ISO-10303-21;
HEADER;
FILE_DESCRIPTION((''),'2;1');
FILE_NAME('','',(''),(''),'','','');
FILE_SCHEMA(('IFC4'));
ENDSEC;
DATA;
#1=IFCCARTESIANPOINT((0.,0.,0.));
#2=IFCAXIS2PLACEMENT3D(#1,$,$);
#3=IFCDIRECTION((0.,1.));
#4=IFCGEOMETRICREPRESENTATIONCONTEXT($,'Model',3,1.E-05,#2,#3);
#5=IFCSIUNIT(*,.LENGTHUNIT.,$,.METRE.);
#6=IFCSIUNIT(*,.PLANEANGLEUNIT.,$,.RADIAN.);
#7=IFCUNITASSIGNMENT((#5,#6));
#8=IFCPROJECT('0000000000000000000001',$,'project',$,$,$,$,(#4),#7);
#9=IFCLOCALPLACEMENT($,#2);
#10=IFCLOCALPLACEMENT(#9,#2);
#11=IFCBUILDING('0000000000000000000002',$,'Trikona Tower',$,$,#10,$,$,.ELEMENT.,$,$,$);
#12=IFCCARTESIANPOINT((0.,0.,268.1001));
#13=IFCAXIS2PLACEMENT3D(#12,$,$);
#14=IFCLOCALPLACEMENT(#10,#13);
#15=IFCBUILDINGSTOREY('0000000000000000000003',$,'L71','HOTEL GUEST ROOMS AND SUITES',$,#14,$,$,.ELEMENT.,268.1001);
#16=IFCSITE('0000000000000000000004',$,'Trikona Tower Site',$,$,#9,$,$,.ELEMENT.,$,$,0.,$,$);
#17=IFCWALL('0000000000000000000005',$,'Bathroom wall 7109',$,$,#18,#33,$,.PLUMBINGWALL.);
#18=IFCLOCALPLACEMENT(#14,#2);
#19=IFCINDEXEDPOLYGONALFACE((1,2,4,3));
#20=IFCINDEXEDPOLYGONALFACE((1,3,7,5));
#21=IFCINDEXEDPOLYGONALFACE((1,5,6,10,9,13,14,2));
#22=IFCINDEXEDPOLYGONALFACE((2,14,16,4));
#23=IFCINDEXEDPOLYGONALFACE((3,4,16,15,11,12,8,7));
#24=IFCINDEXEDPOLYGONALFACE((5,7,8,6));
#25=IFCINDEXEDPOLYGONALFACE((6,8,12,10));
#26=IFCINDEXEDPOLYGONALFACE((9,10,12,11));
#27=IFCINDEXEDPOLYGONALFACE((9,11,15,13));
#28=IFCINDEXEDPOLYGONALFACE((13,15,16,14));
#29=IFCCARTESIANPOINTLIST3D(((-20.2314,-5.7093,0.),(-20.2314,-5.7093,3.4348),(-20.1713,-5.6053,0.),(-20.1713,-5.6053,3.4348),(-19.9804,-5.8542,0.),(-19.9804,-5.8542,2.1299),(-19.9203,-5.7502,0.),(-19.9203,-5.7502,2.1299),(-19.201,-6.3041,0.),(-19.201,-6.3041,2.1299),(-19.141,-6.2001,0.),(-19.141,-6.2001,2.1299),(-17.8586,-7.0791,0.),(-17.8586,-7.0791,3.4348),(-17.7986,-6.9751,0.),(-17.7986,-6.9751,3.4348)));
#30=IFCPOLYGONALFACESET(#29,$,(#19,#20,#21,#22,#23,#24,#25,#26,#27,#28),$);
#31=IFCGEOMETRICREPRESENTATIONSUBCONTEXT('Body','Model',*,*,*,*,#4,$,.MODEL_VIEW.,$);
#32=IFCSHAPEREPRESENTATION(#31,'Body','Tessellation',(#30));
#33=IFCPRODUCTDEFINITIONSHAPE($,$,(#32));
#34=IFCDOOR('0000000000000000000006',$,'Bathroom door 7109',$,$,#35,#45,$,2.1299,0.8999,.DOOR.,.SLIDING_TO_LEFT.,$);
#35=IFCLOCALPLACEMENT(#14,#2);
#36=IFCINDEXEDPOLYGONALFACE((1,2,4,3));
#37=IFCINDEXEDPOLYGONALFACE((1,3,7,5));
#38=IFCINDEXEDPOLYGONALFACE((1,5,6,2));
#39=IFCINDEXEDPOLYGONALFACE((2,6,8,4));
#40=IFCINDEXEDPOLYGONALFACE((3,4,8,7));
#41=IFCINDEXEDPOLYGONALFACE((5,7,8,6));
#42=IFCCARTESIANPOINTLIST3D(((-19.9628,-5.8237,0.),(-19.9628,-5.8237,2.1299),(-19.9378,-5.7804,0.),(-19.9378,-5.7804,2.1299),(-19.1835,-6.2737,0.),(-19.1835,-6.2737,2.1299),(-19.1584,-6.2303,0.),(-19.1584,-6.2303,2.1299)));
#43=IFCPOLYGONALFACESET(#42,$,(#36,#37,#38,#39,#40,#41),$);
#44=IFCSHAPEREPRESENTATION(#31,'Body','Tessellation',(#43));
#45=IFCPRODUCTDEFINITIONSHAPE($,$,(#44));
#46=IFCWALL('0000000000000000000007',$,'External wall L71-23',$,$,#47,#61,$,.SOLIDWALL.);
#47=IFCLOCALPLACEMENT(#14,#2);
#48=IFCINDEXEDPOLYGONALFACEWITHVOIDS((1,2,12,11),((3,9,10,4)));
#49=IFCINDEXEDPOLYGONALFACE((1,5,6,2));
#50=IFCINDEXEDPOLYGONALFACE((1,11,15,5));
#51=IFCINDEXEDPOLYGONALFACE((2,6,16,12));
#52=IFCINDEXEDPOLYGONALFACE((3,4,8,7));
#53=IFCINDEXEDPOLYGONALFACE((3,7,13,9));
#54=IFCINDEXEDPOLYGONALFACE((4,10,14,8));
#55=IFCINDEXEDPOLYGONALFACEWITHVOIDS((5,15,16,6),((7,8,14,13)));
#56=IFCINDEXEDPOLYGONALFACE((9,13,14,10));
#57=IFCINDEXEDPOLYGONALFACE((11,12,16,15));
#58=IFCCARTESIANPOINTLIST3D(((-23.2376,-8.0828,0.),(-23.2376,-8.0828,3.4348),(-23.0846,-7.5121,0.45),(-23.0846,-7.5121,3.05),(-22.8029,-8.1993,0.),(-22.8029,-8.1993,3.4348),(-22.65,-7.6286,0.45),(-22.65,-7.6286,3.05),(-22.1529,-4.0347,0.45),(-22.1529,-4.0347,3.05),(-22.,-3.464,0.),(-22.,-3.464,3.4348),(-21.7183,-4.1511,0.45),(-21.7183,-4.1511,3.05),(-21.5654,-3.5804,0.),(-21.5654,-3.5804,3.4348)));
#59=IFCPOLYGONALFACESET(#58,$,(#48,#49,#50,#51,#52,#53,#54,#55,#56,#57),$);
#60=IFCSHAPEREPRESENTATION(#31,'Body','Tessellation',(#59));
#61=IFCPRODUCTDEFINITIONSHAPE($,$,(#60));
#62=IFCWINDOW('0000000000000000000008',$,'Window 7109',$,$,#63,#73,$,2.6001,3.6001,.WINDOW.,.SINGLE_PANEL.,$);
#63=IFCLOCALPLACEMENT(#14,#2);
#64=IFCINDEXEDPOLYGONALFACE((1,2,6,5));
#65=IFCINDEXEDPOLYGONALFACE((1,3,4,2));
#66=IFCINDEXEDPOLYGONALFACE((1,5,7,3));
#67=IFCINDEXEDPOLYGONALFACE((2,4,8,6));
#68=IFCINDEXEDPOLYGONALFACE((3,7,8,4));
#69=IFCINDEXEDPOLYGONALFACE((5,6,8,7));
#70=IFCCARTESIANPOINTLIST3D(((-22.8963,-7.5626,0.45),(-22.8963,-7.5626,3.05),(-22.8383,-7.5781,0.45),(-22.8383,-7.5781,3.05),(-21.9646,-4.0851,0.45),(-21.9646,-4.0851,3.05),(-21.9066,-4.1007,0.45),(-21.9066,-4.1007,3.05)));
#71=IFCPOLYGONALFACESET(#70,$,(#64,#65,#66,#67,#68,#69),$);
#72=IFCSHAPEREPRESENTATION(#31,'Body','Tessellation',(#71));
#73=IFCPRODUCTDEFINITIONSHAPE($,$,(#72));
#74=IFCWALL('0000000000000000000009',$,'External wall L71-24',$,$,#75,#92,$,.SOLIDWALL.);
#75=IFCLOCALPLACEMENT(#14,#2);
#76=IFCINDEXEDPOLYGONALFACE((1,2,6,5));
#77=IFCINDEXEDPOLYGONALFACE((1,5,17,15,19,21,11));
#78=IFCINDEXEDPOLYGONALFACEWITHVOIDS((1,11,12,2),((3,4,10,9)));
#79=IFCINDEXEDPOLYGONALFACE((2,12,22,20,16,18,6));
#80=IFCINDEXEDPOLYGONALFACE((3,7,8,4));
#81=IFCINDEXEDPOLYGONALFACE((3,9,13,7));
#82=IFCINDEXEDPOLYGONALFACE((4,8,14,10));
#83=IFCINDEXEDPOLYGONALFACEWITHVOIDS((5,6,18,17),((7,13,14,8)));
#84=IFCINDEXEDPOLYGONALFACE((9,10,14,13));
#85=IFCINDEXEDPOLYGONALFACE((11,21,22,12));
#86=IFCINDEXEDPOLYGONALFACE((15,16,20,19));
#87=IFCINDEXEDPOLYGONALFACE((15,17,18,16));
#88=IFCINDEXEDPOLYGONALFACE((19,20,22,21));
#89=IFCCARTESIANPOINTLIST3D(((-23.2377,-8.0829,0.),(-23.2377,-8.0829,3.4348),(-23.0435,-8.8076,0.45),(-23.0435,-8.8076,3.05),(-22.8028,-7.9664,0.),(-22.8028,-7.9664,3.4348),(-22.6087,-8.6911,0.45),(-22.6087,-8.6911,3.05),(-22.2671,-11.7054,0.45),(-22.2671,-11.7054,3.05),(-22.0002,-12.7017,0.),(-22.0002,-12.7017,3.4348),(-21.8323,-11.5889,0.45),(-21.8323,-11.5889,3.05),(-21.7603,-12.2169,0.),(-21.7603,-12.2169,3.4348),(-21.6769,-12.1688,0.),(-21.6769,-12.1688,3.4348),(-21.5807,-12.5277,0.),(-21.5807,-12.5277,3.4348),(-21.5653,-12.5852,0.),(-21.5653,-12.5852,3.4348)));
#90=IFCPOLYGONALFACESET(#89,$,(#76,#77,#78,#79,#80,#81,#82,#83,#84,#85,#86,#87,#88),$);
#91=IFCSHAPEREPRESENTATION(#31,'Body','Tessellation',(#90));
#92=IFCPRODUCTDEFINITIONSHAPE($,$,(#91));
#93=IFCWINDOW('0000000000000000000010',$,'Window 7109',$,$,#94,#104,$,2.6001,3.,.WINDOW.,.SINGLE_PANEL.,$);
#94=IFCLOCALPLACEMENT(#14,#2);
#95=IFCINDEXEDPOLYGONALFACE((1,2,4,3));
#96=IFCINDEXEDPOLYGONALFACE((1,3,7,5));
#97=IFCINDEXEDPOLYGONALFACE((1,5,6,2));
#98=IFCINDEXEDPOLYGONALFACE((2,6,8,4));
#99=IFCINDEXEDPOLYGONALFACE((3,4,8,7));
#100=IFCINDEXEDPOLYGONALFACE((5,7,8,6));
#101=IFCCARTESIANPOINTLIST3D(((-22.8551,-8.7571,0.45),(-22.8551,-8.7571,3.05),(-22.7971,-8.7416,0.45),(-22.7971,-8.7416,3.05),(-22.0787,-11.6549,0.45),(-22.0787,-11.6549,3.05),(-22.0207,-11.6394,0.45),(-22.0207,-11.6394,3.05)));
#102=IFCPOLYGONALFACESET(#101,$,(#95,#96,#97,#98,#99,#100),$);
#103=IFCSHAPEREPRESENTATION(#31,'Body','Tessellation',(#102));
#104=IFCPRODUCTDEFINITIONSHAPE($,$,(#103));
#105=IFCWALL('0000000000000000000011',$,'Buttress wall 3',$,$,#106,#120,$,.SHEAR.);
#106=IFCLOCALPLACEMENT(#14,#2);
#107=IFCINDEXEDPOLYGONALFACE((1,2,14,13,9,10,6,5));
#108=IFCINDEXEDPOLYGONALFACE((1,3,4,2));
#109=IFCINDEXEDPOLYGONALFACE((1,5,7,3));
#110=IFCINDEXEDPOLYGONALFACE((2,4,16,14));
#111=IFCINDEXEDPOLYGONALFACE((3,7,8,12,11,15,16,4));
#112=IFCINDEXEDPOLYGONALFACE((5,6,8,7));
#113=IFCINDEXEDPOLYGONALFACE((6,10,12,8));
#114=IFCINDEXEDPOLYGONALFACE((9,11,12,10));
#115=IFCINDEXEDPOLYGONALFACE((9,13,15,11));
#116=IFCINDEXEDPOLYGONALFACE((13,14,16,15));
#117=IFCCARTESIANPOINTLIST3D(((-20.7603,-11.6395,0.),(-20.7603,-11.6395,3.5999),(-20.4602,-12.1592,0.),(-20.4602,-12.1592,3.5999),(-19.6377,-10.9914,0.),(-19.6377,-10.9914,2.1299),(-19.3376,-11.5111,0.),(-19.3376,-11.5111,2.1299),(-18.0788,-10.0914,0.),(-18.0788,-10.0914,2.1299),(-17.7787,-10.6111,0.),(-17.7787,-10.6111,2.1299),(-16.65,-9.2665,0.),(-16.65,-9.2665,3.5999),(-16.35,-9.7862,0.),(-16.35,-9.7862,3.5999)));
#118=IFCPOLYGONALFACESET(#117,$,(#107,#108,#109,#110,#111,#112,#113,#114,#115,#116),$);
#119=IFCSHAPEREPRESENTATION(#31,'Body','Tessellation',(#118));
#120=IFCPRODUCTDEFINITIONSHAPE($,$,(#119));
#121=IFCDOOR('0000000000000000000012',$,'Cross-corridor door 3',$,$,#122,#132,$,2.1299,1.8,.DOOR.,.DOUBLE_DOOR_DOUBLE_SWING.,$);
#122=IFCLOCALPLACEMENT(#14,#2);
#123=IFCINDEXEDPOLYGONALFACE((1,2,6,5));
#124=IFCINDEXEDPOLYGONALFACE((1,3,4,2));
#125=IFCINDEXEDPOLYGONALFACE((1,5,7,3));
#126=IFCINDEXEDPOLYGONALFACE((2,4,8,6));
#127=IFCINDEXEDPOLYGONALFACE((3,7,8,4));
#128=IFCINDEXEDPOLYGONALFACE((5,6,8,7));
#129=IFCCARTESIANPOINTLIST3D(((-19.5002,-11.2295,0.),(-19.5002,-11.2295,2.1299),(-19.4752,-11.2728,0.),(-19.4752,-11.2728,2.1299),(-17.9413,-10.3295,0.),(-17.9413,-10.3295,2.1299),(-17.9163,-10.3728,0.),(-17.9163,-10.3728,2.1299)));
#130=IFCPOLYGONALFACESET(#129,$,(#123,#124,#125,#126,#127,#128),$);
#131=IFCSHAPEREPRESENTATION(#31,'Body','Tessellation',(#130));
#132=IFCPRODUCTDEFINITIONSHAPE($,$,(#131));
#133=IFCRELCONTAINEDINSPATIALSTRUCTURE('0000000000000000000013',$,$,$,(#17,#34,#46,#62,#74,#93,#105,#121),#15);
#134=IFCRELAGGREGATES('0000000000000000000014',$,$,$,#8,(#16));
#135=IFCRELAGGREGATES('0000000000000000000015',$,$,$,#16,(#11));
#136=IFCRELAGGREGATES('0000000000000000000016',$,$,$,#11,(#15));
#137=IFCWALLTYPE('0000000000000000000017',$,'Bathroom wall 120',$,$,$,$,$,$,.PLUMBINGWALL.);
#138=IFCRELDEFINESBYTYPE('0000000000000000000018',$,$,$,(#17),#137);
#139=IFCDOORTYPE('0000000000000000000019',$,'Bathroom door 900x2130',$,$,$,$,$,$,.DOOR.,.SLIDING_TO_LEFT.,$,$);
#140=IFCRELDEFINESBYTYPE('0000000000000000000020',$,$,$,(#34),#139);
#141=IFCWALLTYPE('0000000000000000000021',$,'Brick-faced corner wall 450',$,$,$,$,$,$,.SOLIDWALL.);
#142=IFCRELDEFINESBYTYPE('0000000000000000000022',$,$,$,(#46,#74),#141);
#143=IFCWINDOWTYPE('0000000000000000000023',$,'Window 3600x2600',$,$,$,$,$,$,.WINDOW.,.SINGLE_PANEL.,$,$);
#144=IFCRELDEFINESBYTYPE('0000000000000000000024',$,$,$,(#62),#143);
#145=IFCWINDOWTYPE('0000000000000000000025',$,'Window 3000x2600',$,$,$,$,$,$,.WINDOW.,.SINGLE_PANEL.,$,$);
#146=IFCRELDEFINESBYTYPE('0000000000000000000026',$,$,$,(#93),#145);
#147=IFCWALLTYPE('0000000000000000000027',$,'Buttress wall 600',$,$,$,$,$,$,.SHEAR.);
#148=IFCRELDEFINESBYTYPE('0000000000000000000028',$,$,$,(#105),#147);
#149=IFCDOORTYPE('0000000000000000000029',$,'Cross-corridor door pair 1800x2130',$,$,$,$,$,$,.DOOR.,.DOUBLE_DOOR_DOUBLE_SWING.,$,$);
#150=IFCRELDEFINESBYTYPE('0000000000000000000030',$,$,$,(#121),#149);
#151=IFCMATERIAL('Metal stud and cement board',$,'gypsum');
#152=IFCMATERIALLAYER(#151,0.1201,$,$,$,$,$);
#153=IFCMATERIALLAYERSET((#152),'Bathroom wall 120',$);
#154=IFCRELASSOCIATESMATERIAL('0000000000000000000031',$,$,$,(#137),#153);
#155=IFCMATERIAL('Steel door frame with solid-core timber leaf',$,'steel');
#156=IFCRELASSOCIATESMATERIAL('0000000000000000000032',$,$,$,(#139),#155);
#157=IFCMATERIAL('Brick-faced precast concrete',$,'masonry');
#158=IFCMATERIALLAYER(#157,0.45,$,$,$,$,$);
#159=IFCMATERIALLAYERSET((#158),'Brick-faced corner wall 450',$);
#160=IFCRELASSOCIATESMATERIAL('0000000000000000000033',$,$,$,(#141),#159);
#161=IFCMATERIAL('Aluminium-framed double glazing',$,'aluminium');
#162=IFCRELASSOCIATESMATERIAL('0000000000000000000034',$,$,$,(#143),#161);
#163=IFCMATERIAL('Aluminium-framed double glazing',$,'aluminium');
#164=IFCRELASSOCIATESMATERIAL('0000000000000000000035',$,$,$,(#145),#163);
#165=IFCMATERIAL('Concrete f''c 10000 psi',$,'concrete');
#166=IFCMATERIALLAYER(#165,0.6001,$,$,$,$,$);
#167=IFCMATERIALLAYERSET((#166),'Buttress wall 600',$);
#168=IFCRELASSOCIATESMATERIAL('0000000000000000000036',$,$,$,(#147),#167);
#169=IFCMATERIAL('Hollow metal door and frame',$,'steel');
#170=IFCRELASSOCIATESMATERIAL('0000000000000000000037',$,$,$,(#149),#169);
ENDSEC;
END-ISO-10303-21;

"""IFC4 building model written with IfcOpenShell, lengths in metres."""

from ifc_helpers import new_model, si_unit, direction, frame, frame_2d, origin, place, context, subcontext, project, spatial, polyline, rectangle, outline, extrude, material, layer, layer_set, type_object, element, fill, save


model = new_model("IFC4")

# Units and contexts
model_context = context("Model", 3, precision=1e-05, world=origin(), true_north=direction((0.0, 1.0)))
body_context = subcontext(model_context, "Body", "Model", "MODEL_VIEW")
ifc_project = project(units=[si_unit("LENGTHUNIT", "METRE"), si_unit("PLANEANGLEUNIT", "RADIAN")], contexts=[model_context])

# Site, building, storey
site_placement = place(None, origin())
site = spatial("IfcSite", under=ifc_project, at=site_placement, Name="Trikona Tower Site", CompositionType="ELEMENT", RefElevation=0.0)
building_placement = place(site_placement, origin())
building = spatial("IfcBuilding", under=site, at=building_placement, Name="Trikona Tower", CompositionType="ELEMENT")
storey_placement = place(building_placement, frame((0.0, 0.0, 268.1001)))
storey = spatial("IfcBuildingStorey", under=building, at=storey_placement, Name="L71", Description="HOTEL GUEST ROOMS AND SUITES", CompositionType="ELEMENT", Elevation=268.1001)

# Shared definitions
ifc_material_1 = material(Name="Metal stud and cement board", Category="gypsum")
ifc_layer_1 = layer(ifc_material_1, 0.1201)
ifc_layer_set_1 = layer_set([ifc_layer_1], Name="Bathroom wall 120")
wall_type_1 = type_object("IfcWallType", Name="Bathroom wall 120", PredefinedType="PLUMBINGWALL", material=ifc_layer_set_1)
ifc_material_2 = material(Name="Steel door frame with solid-core timber leaf", Category="steel")
door_type_1 = type_object("IfcDoorType", Name="Bathroom door 900x2130", OperationType="SLIDING_TO_LEFT", PredefinedType="DOOR", material=ifc_material_2)

# Wall, opening, door
wall_1_placement = place(storey_placement, frame((-17.8286, -7.0271, 0.0), z_axis=(0.0, 0.0, 1.0), x_axis=(-0.866036, 0.499982, 0.0)))
wall_1 = element("IfcWall", 1, at=wall_1_placement, inside=storey, type_object=wall_type_1, Name="Bathroom wall 7109", PredefinedType="PLUMBINGWALL", context=body_context, shape_type="SweptSolid", body=[
    extrude(rectangle(XDim=2.7397, YDim=0.1201, at=frame_2d((1.3699, 0.0))), origin(), (0.0, 0.0, 1.0), 3.4348),
])
opening_1_placement = place(wall_1_placement, frame((1.55, 0.0, 0.0)))
opening_1 = element("IfcOpeningElement", 2, at=opening_1_placement, cuts=wall_1, PredefinedType="OPENING", context=body_context, shape_type="SweptSolid", body=[
    extrude(rectangle(XDim=0.8999, YDim=2.1299, at=frame_2d((0.45, 1.0649))), frame((0.0, 0.0701, 0.0), z_axis=(0.0, -1.0, 0.0), x_axis=(1.0, 0.0, 0.0)), (0.0, 0.0, 1.0), 0.1401),
])
door_1_placement = place(opening_1_placement, origin())
door_1 = element("IfcDoor", 3, at=door_1_placement, inside=storey, type_object=door_type_1, Name="Bathroom door 7109", OperationType="SLIDING_TO_LEFT", OverallHeight=2.1299, OverallWidth=0.8999, PredefinedType="DOOR", context=body_context, shape_type="SweptSolid", body=[
    extrude(rectangle(XDim=0.8999, YDim=2.1299, at=frame_2d((0.45, 1.0649))), frame((0.0, 0.0249, 0.0), z_axis=(0.0, -1.0, 0.0), x_axis=(1.0, 0.0, 0.0)), (0.0, 0.0, 1.0), 0.05),
])
fill(opening_1, door_1)

# Walls, openings, windows
ifc_material_3 = material(Name="Brick-faced precast concrete", Category="masonry")
ifc_layer_2 = layer(ifc_material_3, 0.45)
ifc_layer_set_2 = layer_set([ifc_layer_2], Name="Brick-faced corner wall 450")
wall_type_2 = type_object("IfcWallType", Name="Brick-faced corner wall 450", PredefinedType="SOLIDWALL", material=ifc_layer_set_2)
wall_2_placement = place(storey_placement, frame((-21.7827, -3.5222, 0.0), z_axis=(0.0, 0.0, 1.0), x_axis=(-0.258803, -0.96593, 0.0)))
wall_2 = element("IfcWall", 4, at=wall_2_placement, inside=storey, type_object=wall_type_2, Name="External wall L71-23", PredefinedType="SOLIDWALL", context=body_context, shape_type="SweptSolid", body=[
    extrude(rectangle(XDim=4.7817, YDim=0.45, at=frame_2d((2.3909, 0.0))), origin(), (0.0, 0.0, 1.0), 3.4348),
])
opening_2_placement = place(wall_2_placement, frame((0.5908, 0.0, 0.45)))
opening_2 = element("IfcOpeningElement", 5, at=opening_2_placement, cuts=wall_2, PredefinedType="OPENING", context=body_context, shape_type="SweptSolid", body=[
    extrude(rectangle(XDim=3.6001, YDim=2.6001, at=frame_2d((1.8, 1.3))), frame((0.0, 0.2349, 0.0), z_axis=(0.0, -1.0, 0.0), x_axis=(1.0, 0.0, 0.0)), (0.0, 0.0, 1.0), 0.47),
])
ifc_material_4 = material(Name="Aluminium-framed double glazing", Category="aluminium")
window_type_1 = type_object("IfcWindowType", Name="Window 3600x2600", PartitioningType="SINGLE_PANEL", PredefinedType="WINDOW", material=ifc_material_4)
window_1_placement = place(opening_2_placement, origin())
window_1 = element("IfcWindow", 6, at=window_1_placement, inside=storey, type_object=window_type_1, Name="Window 7109", OverallHeight=2.6001, OverallWidth=3.6001, PartitioningType="SINGLE_PANEL", PredefinedType="WINDOW", context=body_context, shape_type="SweptSolid", body=[
    extrude(rectangle(XDim=3.6001, YDim=2.6001, at=frame_2d((1.8, 1.3))), frame((0.0, 0.03, 0.0), z_axis=(0.0, -1.0, 0.0), x_axis=(1.0, 0.0, 0.0)), (0.0, 0.0, 1.0), 0.0601),
])
fill(opening_2, window_1)
wall_3_placement = place(storey_placement, frame((-23.0203, -8.0247, 0.0), z_axis=(0.0, 0.0, 1.0), x_axis=(0.258803, -0.96593, 0.0)))
wall_3 = element("IfcWall", 7, at=wall_3_placement, inside=storey, type_object=wall_type_2, Name="External wall L71-24", PredefinedType="SOLIDWALL", context=body_context, shape_type="SweptSolid", body=[
    extrude(outline(polyline([(4.7817, 0.2251), (4.7222, 0.2251), (4.3755, 0.1321), (4.3506, 0.2251), (0.0, 0.2251), (0.0, -0.2251), (4.7817, -0.2251), (4.7817, 0.2251)])), origin(), (0.0, 0.0, 1.0), 3.4348),
])
opening_3_placement = place(wall_3_placement, frame((0.7502, 0.0, 0.45)))
opening_3 = element("IfcOpeningElement", 8, at=opening_3_placement, cuts=wall_3, PredefinedType="OPENING", context=body_context, shape_type="SweptSolid", body=[
    extrude(rectangle(XDim=3.0, YDim=2.6001, at=frame_2d((1.5, 1.3))), frame((0.0, 0.2349, 0.0), z_axis=(0.0, -1.0, 0.0), x_axis=(1.0, 0.0, 0.0)), (0.0, 0.0, 1.0), 0.47),
])
ifc_material_5 = material(Name="Aluminium-framed double glazing", Category="aluminium")
window_type_2 = type_object("IfcWindowType", Name="Window 3000x2600", PartitioningType="SINGLE_PANEL", PredefinedType="WINDOW", material=ifc_material_5)
window_2_placement = place(opening_3_placement, origin())
window_2 = element("IfcWindow", 9, at=window_2_placement, inside=storey, type_object=window_type_2, Name="Window 7109", OverallHeight=2.6001, OverallWidth=3.0, PartitioningType="SINGLE_PANEL", PredefinedType="WINDOW", context=body_context, shape_type="SweptSolid", body=[
    extrude(rectangle(XDim=3.0, YDim=2.6001, at=frame_2d((1.5, 1.3))), frame((0.0, 0.03, 0.0), z_axis=(0.0, -1.0, 0.0), x_axis=(1.0, 0.0, 0.0)), (0.0, 0.0, 1.0), 0.0601),
])
fill(opening_3, window_2)

# Wall, opening, door
ifc_material_6 = material(Name="Concrete f'c 10000 psi", Category="concrete")
ifc_layer_3 = layer(ifc_material_6, 0.6001)
ifc_layer_set_3 = layer_set([ifc_layer_3], Name="Buttress wall 600")
wall_type_3 = type_object("IfcWallType", Name="Buttress wall 600", PredefinedType="SHEAR", material=ifc_layer_set_3)
wall_4_placement = place(storey_placement, frame((-16.5, -9.5264, 0.0), z_axis=(0.0, 0.0, 1.0), x_axis=(-0.866031, -0.49999, 0.0)))
wall_4 = element("IfcWall", 10, at=wall_4_placement, inside=storey, type_object=wall_type_3, Name="Buttress wall 3", PredefinedType="SHEAR", context=body_context, shape_type="SweptSolid", body=[
    extrude(rectangle(XDim=4.7461, YDim=0.6001, at=frame_2d((2.373, 0.0))), origin(), (0.0, 0.0, 1.0), 3.5999),
])
opening_4_placement = place(wall_4_placement, frame((1.6499, 0.0, 0.0)))
opening_4 = element("IfcOpeningElement", 11, at=opening_4_placement, cuts=wall_4, PredefinedType="OPENING", context=body_context, shape_type="SweptSolid", body=[
    extrude(rectangle(XDim=1.8, YDim=2.1299, at=frame_2d((0.8999, 1.0649))), frame((0.0, 0.3101, 0.0), z_axis=(0.0, -1.0, 0.0), x_axis=(1.0, 0.0, 0.0)), (0.0, 0.0, 1.0), 0.6201),
])
ifc_material_7 = material(Name="Hollow metal door and frame", Category="steel")
door_type_2 = type_object("IfcDoorType", Name="Cross-corridor door pair 1800x2130", OperationType="DOUBLE_DOOR_DOUBLE_SWING", PredefinedType="DOOR", material=ifc_material_7)
door_2_placement = place(opening_4_placement, origin())
door_2 = element("IfcDoor", 12, at=door_2_placement, inside=storey, type_object=door_type_2, Name="Cross-corridor door 3", OperationType="DOUBLE_DOOR_DOUBLE_SWING", OverallHeight=2.1299, OverallWidth=1.8, PredefinedType="DOOR", context=body_context, shape_type="SweptSolid", body=[
    extrude(rectangle(XDim=1.8, YDim=2.1299, at=frame_2d((0.8999, 1.0649))), frame((0.0, 0.0249, 0.0), z_axis=(0.0, -1.0, 0.0), x_axis=(1.0, 0.0, 0.0)), (0.0, 0.0, 1.0), 0.05),
])
fill(opening_4, door_2)

save(model, "model.ifc")
